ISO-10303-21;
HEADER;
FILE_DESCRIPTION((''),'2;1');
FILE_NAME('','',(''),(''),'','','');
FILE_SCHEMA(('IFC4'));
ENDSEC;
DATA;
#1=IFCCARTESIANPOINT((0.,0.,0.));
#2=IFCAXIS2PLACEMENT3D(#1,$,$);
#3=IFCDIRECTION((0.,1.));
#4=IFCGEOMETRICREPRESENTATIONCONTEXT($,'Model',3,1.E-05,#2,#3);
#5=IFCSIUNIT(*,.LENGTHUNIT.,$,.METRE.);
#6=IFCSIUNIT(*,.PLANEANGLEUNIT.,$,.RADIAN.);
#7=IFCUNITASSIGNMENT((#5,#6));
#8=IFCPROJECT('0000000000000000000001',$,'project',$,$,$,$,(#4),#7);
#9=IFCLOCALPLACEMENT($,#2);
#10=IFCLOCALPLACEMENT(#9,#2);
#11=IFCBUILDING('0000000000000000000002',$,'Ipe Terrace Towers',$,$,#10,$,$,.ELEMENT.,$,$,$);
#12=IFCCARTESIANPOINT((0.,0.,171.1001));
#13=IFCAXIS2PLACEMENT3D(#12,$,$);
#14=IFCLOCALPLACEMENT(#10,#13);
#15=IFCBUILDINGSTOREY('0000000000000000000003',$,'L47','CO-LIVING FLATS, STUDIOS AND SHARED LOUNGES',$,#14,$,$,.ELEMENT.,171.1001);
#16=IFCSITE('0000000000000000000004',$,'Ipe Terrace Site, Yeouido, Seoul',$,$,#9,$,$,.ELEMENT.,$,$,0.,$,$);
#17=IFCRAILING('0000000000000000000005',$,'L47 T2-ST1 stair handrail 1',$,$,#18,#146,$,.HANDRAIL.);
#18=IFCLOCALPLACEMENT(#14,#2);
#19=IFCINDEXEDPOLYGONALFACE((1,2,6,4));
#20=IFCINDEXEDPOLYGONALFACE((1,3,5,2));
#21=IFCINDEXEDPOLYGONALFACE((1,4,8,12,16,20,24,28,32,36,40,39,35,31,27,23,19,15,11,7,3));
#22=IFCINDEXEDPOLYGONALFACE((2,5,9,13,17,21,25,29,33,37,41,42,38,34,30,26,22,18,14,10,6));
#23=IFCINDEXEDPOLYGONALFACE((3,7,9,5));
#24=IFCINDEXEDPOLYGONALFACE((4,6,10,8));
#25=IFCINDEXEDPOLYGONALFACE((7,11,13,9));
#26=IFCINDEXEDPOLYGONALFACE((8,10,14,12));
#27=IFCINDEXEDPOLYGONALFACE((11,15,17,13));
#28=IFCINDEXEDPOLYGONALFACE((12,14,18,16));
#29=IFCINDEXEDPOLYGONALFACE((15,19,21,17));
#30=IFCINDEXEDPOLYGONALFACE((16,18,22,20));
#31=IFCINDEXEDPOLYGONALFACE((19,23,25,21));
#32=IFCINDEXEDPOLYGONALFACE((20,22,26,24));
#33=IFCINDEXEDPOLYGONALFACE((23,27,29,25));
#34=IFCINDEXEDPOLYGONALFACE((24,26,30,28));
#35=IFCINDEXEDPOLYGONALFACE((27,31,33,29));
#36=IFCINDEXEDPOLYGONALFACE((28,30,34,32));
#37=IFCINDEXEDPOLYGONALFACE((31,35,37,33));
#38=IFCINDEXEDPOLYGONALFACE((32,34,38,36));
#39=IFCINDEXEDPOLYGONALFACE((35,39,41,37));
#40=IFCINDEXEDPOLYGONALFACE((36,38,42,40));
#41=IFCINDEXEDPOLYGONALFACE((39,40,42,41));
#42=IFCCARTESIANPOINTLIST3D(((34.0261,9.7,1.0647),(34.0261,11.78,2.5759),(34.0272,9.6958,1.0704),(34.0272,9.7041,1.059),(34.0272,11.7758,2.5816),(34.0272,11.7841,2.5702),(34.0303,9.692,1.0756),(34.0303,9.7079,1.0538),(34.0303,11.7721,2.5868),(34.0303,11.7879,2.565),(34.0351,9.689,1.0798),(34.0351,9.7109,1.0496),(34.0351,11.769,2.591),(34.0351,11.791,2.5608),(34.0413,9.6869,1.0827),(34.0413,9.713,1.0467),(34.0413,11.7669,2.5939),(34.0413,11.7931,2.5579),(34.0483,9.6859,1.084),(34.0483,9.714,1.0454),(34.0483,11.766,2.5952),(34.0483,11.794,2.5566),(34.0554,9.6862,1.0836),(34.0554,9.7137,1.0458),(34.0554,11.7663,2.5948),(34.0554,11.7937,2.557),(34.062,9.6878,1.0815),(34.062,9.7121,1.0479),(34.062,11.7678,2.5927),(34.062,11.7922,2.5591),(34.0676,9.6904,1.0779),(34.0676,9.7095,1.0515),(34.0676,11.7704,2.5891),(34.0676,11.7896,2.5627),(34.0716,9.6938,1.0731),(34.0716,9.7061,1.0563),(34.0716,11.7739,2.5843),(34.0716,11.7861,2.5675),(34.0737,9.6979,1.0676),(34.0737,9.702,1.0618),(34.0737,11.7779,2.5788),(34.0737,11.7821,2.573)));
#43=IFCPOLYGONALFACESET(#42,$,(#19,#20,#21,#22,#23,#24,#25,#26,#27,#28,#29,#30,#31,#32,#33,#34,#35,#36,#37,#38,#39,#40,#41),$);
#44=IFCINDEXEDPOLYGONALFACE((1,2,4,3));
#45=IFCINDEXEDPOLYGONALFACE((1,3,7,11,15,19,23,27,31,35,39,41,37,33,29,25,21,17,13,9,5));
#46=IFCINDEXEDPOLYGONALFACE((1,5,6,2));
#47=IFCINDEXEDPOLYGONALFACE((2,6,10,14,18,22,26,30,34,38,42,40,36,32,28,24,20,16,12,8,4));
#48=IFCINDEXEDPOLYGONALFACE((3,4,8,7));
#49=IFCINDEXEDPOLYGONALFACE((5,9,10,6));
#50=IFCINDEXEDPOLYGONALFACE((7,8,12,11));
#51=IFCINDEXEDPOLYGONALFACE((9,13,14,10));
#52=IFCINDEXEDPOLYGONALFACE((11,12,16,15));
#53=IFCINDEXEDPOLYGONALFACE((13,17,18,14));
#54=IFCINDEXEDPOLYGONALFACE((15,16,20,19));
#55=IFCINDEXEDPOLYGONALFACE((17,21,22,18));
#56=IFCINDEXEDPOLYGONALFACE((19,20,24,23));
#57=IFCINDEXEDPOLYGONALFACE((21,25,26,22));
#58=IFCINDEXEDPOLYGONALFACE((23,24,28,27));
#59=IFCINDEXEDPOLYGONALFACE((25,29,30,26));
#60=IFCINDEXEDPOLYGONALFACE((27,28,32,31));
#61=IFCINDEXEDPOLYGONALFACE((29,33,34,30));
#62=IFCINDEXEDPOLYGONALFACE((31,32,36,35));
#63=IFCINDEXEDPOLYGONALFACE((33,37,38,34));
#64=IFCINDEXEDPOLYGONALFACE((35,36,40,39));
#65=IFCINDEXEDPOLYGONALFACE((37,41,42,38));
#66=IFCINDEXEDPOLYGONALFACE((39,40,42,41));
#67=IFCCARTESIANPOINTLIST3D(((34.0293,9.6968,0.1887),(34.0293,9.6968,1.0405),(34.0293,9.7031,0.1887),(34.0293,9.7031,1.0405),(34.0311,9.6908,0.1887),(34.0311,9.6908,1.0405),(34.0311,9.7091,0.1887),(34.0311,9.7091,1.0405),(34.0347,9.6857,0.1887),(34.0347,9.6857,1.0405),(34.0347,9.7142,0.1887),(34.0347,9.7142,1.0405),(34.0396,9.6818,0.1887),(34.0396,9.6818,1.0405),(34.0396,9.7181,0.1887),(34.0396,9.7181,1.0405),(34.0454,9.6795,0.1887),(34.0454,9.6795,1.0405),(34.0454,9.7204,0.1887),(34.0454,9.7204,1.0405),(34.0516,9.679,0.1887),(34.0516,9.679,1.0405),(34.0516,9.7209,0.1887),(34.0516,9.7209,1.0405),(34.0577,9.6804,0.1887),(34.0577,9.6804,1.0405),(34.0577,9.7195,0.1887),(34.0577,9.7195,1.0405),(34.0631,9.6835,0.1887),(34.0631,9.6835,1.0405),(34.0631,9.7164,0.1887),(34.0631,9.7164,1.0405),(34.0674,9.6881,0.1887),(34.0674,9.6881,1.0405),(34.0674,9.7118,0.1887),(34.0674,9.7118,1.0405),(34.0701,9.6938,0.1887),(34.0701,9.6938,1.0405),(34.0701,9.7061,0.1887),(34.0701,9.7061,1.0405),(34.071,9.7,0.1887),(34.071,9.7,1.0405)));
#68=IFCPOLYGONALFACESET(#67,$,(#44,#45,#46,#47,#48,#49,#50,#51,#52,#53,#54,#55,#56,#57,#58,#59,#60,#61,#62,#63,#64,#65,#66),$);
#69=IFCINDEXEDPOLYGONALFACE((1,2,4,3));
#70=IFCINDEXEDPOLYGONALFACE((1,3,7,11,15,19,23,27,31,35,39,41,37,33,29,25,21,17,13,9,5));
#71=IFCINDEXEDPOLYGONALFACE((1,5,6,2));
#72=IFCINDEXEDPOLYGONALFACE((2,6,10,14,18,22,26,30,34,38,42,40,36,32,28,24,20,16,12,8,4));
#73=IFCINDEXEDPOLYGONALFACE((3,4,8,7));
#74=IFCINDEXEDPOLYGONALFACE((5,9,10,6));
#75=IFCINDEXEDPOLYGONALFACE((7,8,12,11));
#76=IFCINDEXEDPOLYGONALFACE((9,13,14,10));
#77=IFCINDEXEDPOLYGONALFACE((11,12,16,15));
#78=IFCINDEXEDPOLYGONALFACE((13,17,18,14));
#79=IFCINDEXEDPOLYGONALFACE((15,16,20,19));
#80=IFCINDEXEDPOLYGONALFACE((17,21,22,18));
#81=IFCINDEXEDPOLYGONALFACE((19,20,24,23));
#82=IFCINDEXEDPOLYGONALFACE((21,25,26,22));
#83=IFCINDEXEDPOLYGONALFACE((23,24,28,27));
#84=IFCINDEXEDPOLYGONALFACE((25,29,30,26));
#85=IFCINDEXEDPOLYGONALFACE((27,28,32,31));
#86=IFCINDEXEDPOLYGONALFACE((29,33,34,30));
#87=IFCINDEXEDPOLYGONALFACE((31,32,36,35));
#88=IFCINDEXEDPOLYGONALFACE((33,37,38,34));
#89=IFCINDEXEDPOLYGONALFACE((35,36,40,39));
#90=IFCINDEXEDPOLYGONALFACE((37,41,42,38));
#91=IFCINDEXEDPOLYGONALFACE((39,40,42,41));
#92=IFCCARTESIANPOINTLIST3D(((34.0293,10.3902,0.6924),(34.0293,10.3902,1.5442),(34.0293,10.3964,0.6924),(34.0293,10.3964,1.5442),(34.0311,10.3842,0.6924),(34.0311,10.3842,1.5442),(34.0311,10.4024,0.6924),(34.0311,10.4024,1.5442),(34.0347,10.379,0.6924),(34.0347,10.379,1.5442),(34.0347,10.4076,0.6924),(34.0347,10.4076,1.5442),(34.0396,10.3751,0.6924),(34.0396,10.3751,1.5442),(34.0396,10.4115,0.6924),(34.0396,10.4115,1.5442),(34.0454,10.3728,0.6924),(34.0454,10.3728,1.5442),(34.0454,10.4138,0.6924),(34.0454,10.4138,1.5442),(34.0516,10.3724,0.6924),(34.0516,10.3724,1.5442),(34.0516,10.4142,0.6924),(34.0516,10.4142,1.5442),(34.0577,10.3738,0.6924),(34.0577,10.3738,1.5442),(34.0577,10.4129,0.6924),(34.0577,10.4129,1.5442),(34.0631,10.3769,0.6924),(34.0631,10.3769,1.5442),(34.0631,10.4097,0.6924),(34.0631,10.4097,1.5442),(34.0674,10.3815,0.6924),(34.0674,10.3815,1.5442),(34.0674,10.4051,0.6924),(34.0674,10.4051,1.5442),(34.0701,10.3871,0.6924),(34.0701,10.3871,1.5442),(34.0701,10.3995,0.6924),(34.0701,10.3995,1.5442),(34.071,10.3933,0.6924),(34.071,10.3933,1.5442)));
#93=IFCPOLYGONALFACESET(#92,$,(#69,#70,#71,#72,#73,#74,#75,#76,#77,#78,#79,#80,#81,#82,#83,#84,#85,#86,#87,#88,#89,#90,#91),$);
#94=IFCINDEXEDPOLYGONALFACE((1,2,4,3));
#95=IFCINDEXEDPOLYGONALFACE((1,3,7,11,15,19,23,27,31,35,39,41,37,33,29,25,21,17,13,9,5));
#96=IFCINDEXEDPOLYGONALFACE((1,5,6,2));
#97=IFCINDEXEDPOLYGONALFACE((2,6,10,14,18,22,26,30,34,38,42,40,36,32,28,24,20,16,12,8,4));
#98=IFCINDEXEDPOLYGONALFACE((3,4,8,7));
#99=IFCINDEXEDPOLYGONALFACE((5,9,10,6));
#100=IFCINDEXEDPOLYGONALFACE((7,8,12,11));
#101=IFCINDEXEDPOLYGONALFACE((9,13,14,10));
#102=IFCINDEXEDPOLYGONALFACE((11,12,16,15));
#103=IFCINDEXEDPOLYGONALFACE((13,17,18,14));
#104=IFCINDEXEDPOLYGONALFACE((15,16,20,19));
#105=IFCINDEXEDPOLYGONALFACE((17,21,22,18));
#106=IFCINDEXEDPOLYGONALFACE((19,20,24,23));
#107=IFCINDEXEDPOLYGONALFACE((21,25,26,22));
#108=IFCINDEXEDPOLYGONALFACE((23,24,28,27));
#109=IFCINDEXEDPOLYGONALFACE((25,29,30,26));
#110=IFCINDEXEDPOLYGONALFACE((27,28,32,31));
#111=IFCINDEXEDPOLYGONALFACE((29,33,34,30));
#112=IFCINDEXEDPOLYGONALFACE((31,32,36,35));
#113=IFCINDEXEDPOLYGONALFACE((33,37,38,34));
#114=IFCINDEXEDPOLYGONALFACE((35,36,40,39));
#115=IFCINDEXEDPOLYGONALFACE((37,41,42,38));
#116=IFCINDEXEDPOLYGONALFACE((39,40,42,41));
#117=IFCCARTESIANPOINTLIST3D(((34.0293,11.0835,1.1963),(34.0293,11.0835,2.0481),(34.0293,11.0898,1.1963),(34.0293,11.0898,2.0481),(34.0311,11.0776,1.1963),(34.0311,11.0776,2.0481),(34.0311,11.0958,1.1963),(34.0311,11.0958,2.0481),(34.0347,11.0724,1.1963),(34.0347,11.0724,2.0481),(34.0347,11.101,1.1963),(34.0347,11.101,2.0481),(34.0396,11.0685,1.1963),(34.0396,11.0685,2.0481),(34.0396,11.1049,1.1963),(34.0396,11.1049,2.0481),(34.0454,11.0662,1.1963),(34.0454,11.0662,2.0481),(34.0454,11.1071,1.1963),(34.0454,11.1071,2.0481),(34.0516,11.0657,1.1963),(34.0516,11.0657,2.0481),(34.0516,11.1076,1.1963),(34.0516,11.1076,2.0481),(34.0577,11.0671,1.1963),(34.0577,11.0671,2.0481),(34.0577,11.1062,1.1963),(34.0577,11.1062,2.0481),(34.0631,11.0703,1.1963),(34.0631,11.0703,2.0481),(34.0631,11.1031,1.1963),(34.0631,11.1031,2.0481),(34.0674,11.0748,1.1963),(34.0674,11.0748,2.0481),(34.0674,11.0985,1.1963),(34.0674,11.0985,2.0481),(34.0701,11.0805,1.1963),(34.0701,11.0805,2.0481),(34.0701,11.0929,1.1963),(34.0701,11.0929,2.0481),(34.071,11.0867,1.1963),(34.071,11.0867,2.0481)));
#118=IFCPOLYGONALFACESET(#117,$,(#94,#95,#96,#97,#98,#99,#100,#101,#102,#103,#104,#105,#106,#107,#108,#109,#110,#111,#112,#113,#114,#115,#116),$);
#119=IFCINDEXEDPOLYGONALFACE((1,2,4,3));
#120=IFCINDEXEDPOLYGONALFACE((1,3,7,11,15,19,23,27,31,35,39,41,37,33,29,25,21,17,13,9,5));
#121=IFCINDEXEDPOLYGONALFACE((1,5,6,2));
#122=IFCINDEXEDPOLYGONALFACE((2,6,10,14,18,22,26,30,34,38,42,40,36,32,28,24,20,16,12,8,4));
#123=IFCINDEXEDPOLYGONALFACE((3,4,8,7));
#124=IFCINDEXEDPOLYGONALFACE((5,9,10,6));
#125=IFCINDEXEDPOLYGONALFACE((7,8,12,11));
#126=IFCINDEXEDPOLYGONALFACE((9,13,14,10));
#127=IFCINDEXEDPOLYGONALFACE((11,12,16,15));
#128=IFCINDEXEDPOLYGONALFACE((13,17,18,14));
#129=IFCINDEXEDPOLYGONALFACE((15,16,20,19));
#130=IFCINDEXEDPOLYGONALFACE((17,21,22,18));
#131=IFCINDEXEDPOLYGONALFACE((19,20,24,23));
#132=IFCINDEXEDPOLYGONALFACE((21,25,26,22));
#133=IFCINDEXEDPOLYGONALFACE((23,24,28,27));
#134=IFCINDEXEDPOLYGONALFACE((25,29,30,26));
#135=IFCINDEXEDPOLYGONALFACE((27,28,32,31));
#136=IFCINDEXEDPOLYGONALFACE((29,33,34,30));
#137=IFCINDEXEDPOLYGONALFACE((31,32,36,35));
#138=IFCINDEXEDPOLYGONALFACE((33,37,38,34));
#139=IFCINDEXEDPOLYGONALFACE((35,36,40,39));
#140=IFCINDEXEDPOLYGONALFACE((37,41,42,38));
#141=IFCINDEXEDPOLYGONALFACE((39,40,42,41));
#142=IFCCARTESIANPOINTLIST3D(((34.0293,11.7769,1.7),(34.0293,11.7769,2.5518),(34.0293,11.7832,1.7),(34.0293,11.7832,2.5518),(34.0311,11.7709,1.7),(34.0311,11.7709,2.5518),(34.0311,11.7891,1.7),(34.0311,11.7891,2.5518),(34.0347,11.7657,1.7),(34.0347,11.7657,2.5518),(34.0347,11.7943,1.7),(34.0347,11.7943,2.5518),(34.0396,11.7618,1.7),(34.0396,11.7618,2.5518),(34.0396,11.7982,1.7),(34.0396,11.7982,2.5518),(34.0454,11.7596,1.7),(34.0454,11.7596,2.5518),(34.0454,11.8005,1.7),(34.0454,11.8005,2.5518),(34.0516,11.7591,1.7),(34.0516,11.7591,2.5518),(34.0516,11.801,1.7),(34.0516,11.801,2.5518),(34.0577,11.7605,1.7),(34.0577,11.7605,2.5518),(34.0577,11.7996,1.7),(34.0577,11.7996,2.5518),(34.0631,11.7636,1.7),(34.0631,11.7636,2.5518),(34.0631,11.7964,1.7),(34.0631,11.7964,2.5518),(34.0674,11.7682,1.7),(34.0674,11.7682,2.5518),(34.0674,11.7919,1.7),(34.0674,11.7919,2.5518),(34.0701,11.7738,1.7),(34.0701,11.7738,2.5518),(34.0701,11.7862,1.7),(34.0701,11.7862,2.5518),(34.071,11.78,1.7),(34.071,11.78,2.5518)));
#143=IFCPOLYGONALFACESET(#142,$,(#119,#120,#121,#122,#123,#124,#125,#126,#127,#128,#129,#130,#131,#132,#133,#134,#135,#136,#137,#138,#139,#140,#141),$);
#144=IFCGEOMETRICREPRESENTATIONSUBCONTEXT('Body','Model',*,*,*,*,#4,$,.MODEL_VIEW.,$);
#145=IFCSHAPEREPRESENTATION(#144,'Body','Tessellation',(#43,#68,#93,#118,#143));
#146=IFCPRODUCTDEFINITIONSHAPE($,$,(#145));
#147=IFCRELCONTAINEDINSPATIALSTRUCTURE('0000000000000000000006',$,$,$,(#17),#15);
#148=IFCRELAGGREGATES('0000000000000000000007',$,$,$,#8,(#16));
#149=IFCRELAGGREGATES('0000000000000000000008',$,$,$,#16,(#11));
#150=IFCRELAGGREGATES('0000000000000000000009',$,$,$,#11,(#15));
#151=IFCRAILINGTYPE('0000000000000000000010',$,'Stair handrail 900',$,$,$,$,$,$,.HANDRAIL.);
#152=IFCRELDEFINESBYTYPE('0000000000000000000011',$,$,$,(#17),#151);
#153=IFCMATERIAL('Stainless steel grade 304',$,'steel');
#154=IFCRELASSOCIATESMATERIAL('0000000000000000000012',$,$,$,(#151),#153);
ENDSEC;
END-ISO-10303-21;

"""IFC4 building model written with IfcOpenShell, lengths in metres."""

from ifc_helpers import new_model, si_unit, direction, frame, origin, origin_2d, place, context, subcontext, project, spatial, circle, extrude, material, type_object, element, save


model = new_model("IFC4")

# Units and contexts
model_context = context("Model", 3, precision=1e-05, world=origin(), true_north=direction((0.0, 1.0)))
body_context = subcontext(model_context, "Body", "Model", "MODEL_VIEW")
ifc_project = project(units=[si_unit("LENGTHUNIT", "METRE"), si_unit("PLANEANGLEUNIT", "RADIAN")], contexts=[model_context])

# Site, building, storey
site_placement = place(None, origin())
site = spatial("IfcSite", under=ifc_project, at=site_placement, Name="Ipe Terrace Site, Yeouido, Seoul", CompositionType="ELEMENT", RefElevation=0.0)
building_placement = place(site_placement, origin())
building = spatial("IfcBuilding", under=site, at=building_placement, Name="Ipe Terrace Towers", CompositionType="ELEMENT")
storey_placement = place(building_placement, frame((0.0, 0.0, 171.1001)))
storey = spatial("IfcBuildingStorey", under=building, at=storey_placement, Name="L47", Description="CO-LIVING FLATS, STUDIOS AND SHARED LOUNGES", CompositionType="ELEMENT", Elevation=171.1001)

# Railing
ifc_material_1 = material(Name="Stainless steel grade 304", Category="steel")
railing_type_1 = type_object("IfcRailingType", Name="Stair handrail 900", PredefinedType="HANDRAIL", material=ifc_material_1)
railing_1_placement = place(storey_placement, frame((34.05, 9.7, 0.1887)))
element("IfcRailing", 1, at=railing_1_placement, inside=storey, type_object=railing_type_1, Name="L47 T2-ST1 stair handrail 1", PredefinedType="HANDRAIL", context=body_context, shape_type="SweptSolid", body=[
    extrude(circle(Radius=0.0239, at=origin_2d()), frame((0.0, 0.0, 0.876), z_axis=(0.0, 0.809023, 0.587776), x_axis=(-1.0, 0.0, 0.0)), (0.0, 0.0, 1.0), 2.571),
    extrude(circle(Radius=0.021, at=origin_2d()), origin(), (0.0, 0.0, 1.0), 0.8518),
    extrude(circle(Radius=0.021, at=origin_2d()), frame((0.0, 0.6934, 0.5037)), (0.0, 0.0, 1.0), 0.8518),
    extrude(circle(Radius=0.021, at=origin_2d()), frame((0.0, 1.3867, 1.0076)), (0.0, 0.0, 1.0), 0.8518),
    extrude(circle(Radius=0.021, at=origin_2d()), frame((0.0, 2.0801, 1.5112)), (0.0, 0.0, 1.0), 0.8518),
])

save(model, "model.ifc")
